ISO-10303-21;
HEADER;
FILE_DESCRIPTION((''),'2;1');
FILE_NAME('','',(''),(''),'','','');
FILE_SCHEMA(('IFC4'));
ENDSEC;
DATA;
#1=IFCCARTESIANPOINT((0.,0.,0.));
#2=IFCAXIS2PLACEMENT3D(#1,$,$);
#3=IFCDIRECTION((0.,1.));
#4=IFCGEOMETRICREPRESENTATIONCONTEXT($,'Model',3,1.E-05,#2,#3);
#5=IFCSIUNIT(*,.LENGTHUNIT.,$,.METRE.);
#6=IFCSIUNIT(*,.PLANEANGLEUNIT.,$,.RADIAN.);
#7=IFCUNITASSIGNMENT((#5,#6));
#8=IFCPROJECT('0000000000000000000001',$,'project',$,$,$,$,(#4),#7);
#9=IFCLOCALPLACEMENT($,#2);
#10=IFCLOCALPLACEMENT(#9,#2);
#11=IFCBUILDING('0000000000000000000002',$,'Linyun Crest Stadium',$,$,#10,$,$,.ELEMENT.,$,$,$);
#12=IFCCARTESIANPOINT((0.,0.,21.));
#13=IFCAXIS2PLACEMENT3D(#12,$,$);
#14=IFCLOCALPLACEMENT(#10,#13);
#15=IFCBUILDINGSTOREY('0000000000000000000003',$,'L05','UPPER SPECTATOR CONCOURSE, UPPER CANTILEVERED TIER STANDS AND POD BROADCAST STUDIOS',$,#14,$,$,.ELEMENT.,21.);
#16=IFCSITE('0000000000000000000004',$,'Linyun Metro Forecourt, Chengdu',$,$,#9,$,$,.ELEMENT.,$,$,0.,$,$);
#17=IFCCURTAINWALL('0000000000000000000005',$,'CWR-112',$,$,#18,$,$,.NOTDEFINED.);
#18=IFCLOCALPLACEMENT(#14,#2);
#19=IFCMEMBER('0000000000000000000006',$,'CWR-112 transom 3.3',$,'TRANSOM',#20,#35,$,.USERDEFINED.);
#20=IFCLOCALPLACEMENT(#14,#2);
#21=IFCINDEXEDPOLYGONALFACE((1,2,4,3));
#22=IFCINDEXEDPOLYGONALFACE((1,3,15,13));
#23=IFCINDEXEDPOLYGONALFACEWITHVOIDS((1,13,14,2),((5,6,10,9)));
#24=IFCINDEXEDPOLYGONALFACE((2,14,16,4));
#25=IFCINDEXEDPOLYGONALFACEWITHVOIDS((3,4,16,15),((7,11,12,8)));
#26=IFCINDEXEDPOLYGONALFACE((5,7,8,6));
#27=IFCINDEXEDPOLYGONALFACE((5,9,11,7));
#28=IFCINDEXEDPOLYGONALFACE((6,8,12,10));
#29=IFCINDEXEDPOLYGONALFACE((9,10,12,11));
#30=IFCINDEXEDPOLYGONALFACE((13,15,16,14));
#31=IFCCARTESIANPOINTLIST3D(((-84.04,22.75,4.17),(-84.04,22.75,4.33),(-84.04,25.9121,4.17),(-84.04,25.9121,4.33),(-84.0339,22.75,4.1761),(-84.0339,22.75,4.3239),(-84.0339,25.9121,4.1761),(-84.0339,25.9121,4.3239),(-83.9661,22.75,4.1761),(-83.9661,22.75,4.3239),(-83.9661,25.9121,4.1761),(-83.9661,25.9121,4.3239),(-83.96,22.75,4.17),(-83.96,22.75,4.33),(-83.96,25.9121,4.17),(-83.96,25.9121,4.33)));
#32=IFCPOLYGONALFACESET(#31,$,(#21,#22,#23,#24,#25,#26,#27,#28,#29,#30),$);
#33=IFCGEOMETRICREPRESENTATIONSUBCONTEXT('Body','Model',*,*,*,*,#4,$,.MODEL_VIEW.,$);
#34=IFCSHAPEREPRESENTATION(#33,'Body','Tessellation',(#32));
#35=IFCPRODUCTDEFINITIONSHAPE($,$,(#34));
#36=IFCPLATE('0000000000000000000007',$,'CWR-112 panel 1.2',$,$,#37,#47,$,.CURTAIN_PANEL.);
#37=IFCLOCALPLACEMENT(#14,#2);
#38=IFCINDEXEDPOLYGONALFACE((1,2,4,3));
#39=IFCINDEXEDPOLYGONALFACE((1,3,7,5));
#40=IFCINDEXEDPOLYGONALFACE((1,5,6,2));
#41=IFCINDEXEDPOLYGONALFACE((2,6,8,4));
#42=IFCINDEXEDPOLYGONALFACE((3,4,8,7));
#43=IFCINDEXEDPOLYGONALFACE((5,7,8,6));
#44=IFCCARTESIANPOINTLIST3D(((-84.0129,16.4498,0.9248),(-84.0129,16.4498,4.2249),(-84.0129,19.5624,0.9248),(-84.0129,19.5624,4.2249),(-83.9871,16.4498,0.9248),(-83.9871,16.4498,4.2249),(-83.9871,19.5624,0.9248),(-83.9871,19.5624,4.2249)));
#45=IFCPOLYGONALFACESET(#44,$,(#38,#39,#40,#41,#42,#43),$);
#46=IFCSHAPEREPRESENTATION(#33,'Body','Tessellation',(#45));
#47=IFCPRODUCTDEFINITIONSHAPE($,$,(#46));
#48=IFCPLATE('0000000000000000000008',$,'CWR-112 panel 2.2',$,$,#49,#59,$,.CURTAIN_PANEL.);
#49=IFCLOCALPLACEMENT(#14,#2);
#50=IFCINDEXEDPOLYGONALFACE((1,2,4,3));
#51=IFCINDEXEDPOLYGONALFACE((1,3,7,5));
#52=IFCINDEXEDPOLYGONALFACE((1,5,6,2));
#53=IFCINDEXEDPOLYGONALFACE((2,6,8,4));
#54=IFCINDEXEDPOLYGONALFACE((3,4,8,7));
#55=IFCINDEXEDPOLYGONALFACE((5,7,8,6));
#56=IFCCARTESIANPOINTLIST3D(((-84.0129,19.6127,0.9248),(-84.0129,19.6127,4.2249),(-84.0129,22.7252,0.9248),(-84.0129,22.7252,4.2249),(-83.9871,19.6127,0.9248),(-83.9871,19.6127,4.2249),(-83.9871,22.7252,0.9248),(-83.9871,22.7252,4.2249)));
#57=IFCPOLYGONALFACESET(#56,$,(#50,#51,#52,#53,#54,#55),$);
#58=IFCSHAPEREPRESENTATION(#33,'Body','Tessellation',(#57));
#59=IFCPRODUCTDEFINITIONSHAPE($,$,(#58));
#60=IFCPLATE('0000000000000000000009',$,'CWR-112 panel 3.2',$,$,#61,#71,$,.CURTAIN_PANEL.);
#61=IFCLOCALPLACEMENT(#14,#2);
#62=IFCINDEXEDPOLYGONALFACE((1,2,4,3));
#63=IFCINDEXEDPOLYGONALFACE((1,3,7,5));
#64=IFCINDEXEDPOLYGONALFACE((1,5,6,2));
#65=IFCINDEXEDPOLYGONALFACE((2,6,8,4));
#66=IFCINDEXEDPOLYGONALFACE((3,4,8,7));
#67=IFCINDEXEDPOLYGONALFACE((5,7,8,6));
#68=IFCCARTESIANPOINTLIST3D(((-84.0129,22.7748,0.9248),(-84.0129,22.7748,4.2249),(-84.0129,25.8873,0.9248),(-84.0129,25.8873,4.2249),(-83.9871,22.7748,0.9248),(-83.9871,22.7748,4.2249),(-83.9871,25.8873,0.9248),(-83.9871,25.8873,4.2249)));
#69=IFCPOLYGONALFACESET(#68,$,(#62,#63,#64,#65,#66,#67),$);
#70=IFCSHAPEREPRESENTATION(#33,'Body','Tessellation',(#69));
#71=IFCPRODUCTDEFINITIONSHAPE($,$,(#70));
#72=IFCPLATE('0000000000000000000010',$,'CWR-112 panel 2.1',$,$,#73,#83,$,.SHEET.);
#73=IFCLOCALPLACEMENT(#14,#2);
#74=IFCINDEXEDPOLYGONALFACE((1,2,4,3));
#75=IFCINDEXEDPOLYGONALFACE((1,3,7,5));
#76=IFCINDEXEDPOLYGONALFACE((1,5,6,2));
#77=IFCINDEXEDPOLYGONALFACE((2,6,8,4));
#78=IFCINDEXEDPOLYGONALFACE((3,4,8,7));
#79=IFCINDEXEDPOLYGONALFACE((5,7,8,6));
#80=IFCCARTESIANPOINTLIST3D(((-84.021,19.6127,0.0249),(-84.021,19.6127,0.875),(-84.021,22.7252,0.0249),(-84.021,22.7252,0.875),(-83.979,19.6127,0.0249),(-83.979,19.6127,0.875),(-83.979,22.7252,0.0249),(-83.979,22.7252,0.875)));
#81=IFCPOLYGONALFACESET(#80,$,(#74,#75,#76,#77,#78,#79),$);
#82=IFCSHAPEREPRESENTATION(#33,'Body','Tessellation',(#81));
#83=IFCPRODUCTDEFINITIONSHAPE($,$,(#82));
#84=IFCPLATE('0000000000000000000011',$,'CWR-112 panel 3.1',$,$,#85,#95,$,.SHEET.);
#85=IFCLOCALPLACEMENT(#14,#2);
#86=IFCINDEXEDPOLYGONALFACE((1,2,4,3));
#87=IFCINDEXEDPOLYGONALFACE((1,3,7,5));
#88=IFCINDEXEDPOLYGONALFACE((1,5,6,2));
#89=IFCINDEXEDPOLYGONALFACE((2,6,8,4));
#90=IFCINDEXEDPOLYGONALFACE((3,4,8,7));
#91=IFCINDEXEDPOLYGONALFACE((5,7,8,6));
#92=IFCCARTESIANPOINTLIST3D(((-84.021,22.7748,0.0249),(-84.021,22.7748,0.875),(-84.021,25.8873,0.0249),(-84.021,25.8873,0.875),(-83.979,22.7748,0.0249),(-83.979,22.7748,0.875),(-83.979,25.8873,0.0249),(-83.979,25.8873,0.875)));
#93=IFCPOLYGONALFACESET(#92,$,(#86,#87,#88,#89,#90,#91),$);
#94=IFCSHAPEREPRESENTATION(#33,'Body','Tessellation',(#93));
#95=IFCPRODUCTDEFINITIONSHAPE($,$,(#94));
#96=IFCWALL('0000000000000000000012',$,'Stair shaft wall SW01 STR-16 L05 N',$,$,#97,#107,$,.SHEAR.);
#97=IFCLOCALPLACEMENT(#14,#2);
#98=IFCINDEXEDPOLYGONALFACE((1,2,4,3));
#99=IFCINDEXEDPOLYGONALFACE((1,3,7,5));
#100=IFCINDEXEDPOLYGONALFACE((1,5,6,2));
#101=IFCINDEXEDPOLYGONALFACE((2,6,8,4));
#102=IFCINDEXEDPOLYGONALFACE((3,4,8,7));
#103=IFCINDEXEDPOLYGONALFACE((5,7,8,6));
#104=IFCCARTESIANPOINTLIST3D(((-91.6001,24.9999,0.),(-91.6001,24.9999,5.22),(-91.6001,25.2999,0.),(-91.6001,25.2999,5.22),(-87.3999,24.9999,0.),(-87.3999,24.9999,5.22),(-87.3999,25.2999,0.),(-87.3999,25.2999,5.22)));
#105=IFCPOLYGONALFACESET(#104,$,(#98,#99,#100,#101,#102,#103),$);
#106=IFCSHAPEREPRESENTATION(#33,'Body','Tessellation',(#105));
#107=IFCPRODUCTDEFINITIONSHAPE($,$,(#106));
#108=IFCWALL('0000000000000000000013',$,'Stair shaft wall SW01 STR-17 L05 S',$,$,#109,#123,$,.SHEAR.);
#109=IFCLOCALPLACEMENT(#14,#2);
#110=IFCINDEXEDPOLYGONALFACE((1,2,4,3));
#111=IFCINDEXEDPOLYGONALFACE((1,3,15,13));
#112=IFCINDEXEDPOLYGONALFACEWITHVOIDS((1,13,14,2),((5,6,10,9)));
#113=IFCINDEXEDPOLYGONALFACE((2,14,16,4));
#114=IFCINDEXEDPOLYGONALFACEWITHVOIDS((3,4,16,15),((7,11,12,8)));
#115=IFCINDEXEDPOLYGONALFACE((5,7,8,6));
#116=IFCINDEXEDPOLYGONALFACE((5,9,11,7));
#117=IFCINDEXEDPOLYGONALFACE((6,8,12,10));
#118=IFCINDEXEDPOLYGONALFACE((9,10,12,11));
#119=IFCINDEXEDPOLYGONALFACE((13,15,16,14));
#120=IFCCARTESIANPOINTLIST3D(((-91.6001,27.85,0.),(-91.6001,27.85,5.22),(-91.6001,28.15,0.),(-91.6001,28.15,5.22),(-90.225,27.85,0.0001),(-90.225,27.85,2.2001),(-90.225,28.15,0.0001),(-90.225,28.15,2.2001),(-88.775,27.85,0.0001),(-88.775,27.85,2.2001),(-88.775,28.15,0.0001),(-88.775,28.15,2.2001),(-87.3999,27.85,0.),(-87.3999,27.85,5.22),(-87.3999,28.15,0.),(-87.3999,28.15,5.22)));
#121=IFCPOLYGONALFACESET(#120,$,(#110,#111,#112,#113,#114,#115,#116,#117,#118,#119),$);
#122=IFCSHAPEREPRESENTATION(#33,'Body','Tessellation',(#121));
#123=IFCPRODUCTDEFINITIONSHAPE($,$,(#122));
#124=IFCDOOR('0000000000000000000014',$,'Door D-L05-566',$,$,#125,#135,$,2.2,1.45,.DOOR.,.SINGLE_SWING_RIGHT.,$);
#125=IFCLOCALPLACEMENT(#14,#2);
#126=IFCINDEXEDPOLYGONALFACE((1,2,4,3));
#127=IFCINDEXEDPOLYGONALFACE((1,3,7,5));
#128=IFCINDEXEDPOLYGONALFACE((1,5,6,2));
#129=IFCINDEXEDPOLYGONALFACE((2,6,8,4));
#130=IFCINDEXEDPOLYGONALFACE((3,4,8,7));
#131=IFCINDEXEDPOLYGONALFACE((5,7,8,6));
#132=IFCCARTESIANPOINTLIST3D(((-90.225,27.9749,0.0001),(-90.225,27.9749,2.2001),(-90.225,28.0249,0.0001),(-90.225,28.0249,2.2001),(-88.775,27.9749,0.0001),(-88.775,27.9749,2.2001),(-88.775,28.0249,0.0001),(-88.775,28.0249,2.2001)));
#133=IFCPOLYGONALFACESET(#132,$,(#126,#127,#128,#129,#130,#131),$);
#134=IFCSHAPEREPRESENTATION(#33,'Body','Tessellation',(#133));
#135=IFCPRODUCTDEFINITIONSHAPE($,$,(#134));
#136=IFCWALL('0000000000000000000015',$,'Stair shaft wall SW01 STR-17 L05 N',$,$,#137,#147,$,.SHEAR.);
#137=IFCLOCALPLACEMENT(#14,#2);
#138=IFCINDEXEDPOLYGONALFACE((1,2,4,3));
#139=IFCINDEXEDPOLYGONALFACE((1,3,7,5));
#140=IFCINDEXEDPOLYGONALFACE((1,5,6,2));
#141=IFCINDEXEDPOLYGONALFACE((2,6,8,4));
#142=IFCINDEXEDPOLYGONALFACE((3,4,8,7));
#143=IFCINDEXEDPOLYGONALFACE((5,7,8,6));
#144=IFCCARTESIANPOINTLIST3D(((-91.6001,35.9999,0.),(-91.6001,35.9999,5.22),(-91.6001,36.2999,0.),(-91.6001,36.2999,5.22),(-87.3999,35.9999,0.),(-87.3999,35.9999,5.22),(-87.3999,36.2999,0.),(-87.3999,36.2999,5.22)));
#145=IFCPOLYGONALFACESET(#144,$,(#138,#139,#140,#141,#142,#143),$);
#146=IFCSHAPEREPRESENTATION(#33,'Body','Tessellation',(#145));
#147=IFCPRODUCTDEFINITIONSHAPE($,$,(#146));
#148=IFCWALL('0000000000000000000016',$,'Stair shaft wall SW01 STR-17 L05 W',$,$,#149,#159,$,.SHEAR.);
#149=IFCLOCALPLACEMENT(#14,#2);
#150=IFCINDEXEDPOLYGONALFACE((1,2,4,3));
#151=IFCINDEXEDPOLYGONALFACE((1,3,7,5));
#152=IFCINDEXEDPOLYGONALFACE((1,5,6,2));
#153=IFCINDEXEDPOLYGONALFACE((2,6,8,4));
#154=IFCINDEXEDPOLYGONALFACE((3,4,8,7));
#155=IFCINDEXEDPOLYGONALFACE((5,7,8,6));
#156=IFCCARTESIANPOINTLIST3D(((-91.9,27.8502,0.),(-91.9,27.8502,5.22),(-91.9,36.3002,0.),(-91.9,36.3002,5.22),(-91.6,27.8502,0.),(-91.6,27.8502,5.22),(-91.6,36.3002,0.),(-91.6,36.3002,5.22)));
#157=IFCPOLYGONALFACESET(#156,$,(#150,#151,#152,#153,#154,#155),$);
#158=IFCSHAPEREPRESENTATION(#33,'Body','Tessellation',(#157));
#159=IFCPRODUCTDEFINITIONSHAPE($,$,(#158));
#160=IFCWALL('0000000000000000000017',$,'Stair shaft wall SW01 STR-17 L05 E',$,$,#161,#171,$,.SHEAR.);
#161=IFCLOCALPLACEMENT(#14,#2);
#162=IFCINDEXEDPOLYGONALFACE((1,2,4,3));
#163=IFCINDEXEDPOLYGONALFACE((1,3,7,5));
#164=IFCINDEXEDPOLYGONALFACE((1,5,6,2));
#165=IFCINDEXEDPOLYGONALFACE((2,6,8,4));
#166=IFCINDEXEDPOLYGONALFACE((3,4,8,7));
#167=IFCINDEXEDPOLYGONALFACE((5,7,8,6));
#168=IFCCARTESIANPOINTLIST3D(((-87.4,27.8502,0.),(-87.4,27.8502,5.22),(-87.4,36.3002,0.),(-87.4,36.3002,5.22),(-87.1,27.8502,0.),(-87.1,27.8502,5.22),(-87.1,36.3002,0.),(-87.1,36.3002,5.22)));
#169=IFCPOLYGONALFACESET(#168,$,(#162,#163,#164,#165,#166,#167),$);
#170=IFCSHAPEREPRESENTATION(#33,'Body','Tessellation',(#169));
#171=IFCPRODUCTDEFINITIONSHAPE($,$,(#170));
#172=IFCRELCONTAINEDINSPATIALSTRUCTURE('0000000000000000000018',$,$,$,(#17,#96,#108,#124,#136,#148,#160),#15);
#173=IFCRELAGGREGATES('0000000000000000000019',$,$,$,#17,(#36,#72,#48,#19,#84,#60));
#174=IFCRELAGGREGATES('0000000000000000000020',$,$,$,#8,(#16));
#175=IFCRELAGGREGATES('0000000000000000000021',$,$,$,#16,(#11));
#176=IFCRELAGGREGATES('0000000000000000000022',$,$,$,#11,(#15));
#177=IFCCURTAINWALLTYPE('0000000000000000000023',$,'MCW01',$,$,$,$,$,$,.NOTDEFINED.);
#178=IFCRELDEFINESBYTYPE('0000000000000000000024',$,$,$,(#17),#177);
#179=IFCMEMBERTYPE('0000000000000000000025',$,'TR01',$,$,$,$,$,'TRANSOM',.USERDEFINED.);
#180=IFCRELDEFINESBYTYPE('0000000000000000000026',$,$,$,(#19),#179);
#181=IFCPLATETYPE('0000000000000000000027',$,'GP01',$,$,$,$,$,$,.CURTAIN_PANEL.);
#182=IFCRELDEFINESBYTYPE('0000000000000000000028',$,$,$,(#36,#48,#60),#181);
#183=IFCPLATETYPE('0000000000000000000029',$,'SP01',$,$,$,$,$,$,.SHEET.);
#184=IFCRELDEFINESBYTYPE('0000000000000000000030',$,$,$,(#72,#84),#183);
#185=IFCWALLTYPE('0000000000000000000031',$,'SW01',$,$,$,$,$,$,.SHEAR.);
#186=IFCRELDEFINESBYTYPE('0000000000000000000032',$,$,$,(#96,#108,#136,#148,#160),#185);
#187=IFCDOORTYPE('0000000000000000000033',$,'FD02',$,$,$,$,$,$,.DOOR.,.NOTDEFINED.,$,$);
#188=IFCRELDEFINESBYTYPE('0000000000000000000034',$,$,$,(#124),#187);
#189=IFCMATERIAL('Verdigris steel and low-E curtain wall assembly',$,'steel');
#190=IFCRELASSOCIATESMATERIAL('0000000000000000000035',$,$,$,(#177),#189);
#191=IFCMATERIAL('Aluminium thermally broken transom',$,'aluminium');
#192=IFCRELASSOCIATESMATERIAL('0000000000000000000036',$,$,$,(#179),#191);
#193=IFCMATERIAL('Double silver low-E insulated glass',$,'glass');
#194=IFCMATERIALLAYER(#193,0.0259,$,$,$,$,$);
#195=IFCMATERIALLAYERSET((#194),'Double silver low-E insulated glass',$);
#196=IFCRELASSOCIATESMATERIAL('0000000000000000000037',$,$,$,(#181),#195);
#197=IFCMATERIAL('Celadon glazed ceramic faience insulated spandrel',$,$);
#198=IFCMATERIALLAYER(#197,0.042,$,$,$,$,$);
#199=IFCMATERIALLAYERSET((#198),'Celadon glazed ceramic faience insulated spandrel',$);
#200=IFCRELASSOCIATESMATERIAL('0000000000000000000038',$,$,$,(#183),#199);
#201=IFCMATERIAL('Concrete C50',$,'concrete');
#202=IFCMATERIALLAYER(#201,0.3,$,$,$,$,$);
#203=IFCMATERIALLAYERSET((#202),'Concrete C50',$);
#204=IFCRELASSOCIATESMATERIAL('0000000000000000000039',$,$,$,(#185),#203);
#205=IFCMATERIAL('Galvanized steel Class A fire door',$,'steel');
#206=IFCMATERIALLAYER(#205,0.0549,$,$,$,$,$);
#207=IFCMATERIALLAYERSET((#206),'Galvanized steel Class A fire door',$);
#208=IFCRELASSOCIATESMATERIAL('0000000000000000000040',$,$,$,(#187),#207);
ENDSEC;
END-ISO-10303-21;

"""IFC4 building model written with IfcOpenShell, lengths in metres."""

from ifc_helpers import new_model, si_unit, direction, frame, frame_2d, origin, origin_2d, place, context, subcontext, project, spatial, rectangle, hollow_rectangle, extrude, material, layer, layer_set, material_profile, profile_set, type_object, element, fill, aggregate, save


model = new_model("IFC4")

# Units and contexts
model_context = context("Model", 3, precision=1e-05, world=origin(), true_north=direction((0.0, 1.0)))
body_context = subcontext(model_context, "Body", "Model", "MODEL_VIEW")
ifc_project = project(units=[si_unit("LENGTHUNIT", "METRE"), si_unit("PLANEANGLEUNIT", "RADIAN")], contexts=[model_context])

# Site, building, storey
site_placement = place(None, origin())
site = spatial("IfcSite", under=ifc_project, at=site_placement, Name="Linyun Metro Forecourt, Chengdu", CompositionType="ELEMENT", RefElevation=0.0)
building_placement = place(site_placement, origin())
building = spatial("IfcBuilding", under=site, at=building_placement, Name="Linyun Crest Stadium", CompositionType="ELEMENT")
storey_placement = place(building_placement, frame((0.0, 0.0, 21.0)))
storey = spatial("IfcBuildingStorey", under=building, at=storey_placement, Name="L05", Description="UPPER SPECTATOR CONCOURSE, UPPER CANTILEVERED TIER STANDS AND POD BROADCAST STUDIOS", CompositionType="ELEMENT", Elevation=21.0)

# Curtain wall
ifc_material_1 = material(Name="Verdigris steel and low-E curtain wall assembly", Category="steel")
curtain_wall_type = type_object("IfcCurtainWallType", Name="MCW01", PredefinedType="NOTDEFINED", material=ifc_material_1)
curtain_wall_placement = place(storey_placement, origin())
curtain_wall = element("IfcCurtainWall", 1, at=curtain_wall_placement, inside=storey, type_object=curtain_wall_type, Name="CWR-112", PredefinedType="NOTDEFINED")

# Member
ifc_material_2 = material(Name="Aluminium thermally broken transom", Category="aluminium")
ifc_material_profile_1 = material_profile(ifc_material_2, hollow_rectangle(XDim=0.0801, YDim=0.1599, WallThickness=0.0061, at=origin_2d()), Name="RHS 160x80x6")
ifc_profile_set_1 = profile_set([ifc_material_profile_1], Name="Aluminium thermally broken transom")
member_type_1 = type_object("IfcMemberType", Name="TR01", ElementType="TRANSOM", PredefinedType="USERDEFINED", material=ifc_profile_set_1)
member_1_placement = place(storey_placement, frame((-84.0, 22.75, 4.25), z_axis=(0.0, 1.0, 0.0), x_axis=(-1.0, 0.0, 0.0)))
member_1 = element("IfcMember", 2, at=member_1_placement, type_object=member_type_1, Name="CWR-112 transom 3.3", ObjectType="TRANSOM", PredefinedType="USERDEFINED", context=body_context, shape_type="SweptSolid", body=[
    extrude(hollow_rectangle(XDim=0.0801, YDim=0.1599, WallThickness=0.0061, at=origin_2d()), origin(), (0.0, 0.0, 1.0), 3.1621),
])

# Plates
ifc_material_3 = material(Name="Double silver low-E insulated glass", Category="glass")
ifc_layer_1 = layer(ifc_material_3, 0.0259)
ifc_layer_set_1 = layer_set([ifc_layer_1], Name="Double silver low-E insulated glass")
plate_type_1 = type_object("IfcPlateType", Name="GP01", PredefinedType="CURTAIN_PANEL", material=ifc_layer_set_1)
plate_1_placement = place(storey_placement, frame((-84.0, 18.0061, 0.9248), z_axis=(0.0, 0.0, 1.0), x_axis=(0.0, 1.0, 0.0)))
plate_1 = element("IfcPlate", 3, at=plate_1_placement, type_object=plate_type_1, Name="CWR-112 panel 1.2", PredefinedType="CURTAIN_PANEL", context=body_context, shape_type="SweptSolid", body=[
    extrude(rectangle(XDim=3.1125, YDim=0.0259, at=origin_2d()), origin(), (0.0, 0.0, 1.0), 3.3),
])
plate_2_placement = place(storey_placement, frame((-84.0, 21.1689, 0.9248), z_axis=(0.0, 0.0, 1.0), x_axis=(0.0, 1.0, 0.0)))
plate_2 = element("IfcPlate", 4, at=plate_2_placement, type_object=plate_type_1, Name="CWR-112 panel 2.2", PredefinedType="CURTAIN_PANEL", context=body_context, shape_type="SweptSolid", body=[
    extrude(rectangle(XDim=3.1125, YDim=0.0259, at=origin_2d()), origin(), (0.0, 0.0, 1.0), 3.3),
])
plate_3_placement = place(storey_placement, frame((-84.0, 24.3311, 0.9248), z_axis=(0.0, 0.0, 1.0), x_axis=(0.0, 1.0, 0.0)))
plate_3 = element("IfcPlate", 5, at=plate_3_placement, type_object=plate_type_1, Name="CWR-112 panel 3.2", PredefinedType="CURTAIN_PANEL", context=body_context, shape_type="SweptSolid", body=[
    extrude(rectangle(XDim=3.1125, YDim=0.0259, at=origin_2d()), origin(), (0.0, 0.0, 1.0), 3.3),
])
ifc_material_4 = material(Name="Celadon glazed ceramic faience insulated spandrel")
ifc_layer_2 = layer(ifc_material_4, 0.042)
ifc_layer_set_2 = layer_set([ifc_layer_2], Name="Celadon glazed ceramic faience insulated spandrel")
plate_type_2 = type_object("IfcPlateType", Name="SP01", PredefinedType="SHEET", material=ifc_layer_set_2)
plate_4_placement = place(storey_placement, frame((-84.0, 21.1689, 0.0249), z_axis=(0.0, 0.0, 1.0), x_axis=(0.0, 1.0, 0.0)))
plate_4 = element("IfcPlate", 6, at=plate_4_placement, type_object=plate_type_2, Name="CWR-112 panel 2.1", PredefinedType="SHEET", context=body_context, shape_type="SweptSolid", body=[
    extrude(rectangle(XDim=3.1125, YDim=0.042, at=origin_2d()), origin(), (0.0, 0.0, 1.0), 0.8501),
])
plate_5_placement = place(storey_placement, frame((-84.0, 24.3311, 0.0249), z_axis=(0.0, 0.0, 1.0), x_axis=(0.0, 1.0, 0.0)))
plate_5 = element("IfcPlate", 7, at=plate_5_placement, type_object=plate_type_2, Name="CWR-112 panel 3.1", PredefinedType="SHEET", context=body_context, shape_type="SweptSolid", body=[
    extrude(rectangle(XDim=3.1125, YDim=0.042, at=origin_2d()), origin(), (0.0, 0.0, 1.0), 0.8501),
])
aggregate(curtain_wall, [plate_1, plate_4, plate_2, member_1, plate_5, plate_3])

# Wall
ifc_material_5 = material(Name="Concrete C50", Category="concrete")
ifc_layer_3 = layer(ifc_material_5, 0.3)
ifc_layer_set_3 = layer_set([ifc_layer_3], Name="Concrete C50")
wall_type = type_object("IfcWallType", Name="SW01", PredefinedType="SHEAR", material=ifc_layer_set_3)
wall_1_placement = place(storey_placement, frame((-91.6001, 25.1499, 0.0), z_axis=(0.0, 0.0, 1.0), x_axis=(1.0, 0.0, 0.0)))
element("IfcWall", 8, at=wall_1_placement, inside=storey, type_object=wall_type, Name="Stair shaft wall SW01 STR-16 L05 N", PredefinedType="SHEAR", context=body_context, shape_type="SweptSolid", body=[
    extrude(rectangle(XDim=4.2002, YDim=0.3, at=frame_2d((2.1001, 0.0))), origin(), (0.0, 0.0, 1.0), 5.22),
])

# Wall, opening, door
wall_2_placement = place(storey_placement, frame((-91.6001, 28.0, 0.0), z_axis=(0.0, 0.0, 1.0), x_axis=(1.0, 0.0, 0.0)))
wall_2 = element("IfcWall", 9, at=wall_2_placement, inside=storey, type_object=wall_type, Name="Stair shaft wall SW01 STR-17 L05 S", PredefinedType="SHEAR", context=body_context, shape_type="SweptSolid", body=[
    extrude(rectangle(XDim=4.2002, YDim=0.3, at=frame_2d((2.1001, 0.0))), origin(), (0.0, 0.0, 1.0), 5.22),
])
opening_placement = place(wall_2_placement, frame((1.375, 0.0, 0.0)))
opening = element("IfcOpeningElement", 10, at=opening_placement, cuts=wall_2, PredefinedType="OPENING", context=body_context, shape_type="SweptSolid", body=[
    extrude(rectangle(XDim=1.45, YDim=2.2, at=frame_2d((0.7251, 1.1001))), frame((0.0, 0.1599, 0.0), z_axis=(0.0, -1.0, 0.0), x_axis=(1.0, 0.0, 0.0)), (0.0, 0.0, 1.0), 0.3201),
])
ifc_material_6 = material(Name="Galvanized steel Class A fire door", Category="steel")
ifc_layer_4 = layer(ifc_material_6, 0.0549)
ifc_layer_set_4 = layer_set([ifc_layer_4], Name="Galvanized steel Class A fire door")
door_type = type_object("IfcDoorType", Name="FD02", OperationType="NOTDEFINED", PredefinedType="DOOR", material=ifc_layer_set_4)
door_placement = place(opening_placement, origin())
door = element("IfcDoor", 11, at=door_placement, inside=storey, type_object=door_type, Name="Door D-L05-566", OperationType="SINGLE_SWING_RIGHT", OverallHeight=2.2, OverallWidth=1.45, PredefinedType="DOOR", context=body_context, shape_type="SweptSolid", body=[
    extrude(rectangle(XDim=1.45, YDim=2.2, at=frame_2d((0.7251, 1.1001))), frame((0.0, 0.0249, 0.0), z_axis=(0.0, -1.0, 0.0), x_axis=(1.0, 0.0, 0.0)), (0.0, 0.0, 1.0), 0.05),
])
fill(opening, door)

# Walls
wall_3_placement = place(storey_placement, frame((-91.6001, 36.1499, 0.0), z_axis=(0.0, 0.0, 1.0), x_axis=(1.0, 0.0, 0.0)))
element("IfcWall", 12, at=wall_3_placement, inside=storey, type_object=wall_type, Name="Stair shaft wall SW01 STR-17 L05 N", PredefinedType="SHEAR", context=body_context, shape_type="SweptSolid", body=[
    extrude(rectangle(XDim=4.2002, YDim=0.3, at=frame_2d((2.1001, 0.0))), origin(), (0.0, 0.0, 1.0), 5.22),
])
for number, where, z_axis, x_axis, name in (
    (13, (-91.75, 27.8501, 0.0), (0.0, 0.0, 1.0), (0.0, 1.0, 0.0), "Stair shaft wall SW01 STR-17 L05 W"),
    (14, (-87.25, 27.8501, 0.0), (0.0, 0.0, 1.0), (0.0, 1.0, 0.0), "Stair shaft wall SW01 STR-17 L05 E"),
):
    element("IfcWall", number, at=place(storey_placement, frame(where, z_axis=z_axis, x_axis=x_axis)), inside=storey, type_object=wall_type, Name=name, PredefinedType="SHEAR", context=body_context, shape_type="SweptSolid", body=[
        extrude(rectangle(XDim=8.45, YDim=0.3, at=frame_2d((4.2251, 0.0))), origin(), (0.0, 0.0, 1.0), 5.22),
    ])

save(model, "model.ifc")
